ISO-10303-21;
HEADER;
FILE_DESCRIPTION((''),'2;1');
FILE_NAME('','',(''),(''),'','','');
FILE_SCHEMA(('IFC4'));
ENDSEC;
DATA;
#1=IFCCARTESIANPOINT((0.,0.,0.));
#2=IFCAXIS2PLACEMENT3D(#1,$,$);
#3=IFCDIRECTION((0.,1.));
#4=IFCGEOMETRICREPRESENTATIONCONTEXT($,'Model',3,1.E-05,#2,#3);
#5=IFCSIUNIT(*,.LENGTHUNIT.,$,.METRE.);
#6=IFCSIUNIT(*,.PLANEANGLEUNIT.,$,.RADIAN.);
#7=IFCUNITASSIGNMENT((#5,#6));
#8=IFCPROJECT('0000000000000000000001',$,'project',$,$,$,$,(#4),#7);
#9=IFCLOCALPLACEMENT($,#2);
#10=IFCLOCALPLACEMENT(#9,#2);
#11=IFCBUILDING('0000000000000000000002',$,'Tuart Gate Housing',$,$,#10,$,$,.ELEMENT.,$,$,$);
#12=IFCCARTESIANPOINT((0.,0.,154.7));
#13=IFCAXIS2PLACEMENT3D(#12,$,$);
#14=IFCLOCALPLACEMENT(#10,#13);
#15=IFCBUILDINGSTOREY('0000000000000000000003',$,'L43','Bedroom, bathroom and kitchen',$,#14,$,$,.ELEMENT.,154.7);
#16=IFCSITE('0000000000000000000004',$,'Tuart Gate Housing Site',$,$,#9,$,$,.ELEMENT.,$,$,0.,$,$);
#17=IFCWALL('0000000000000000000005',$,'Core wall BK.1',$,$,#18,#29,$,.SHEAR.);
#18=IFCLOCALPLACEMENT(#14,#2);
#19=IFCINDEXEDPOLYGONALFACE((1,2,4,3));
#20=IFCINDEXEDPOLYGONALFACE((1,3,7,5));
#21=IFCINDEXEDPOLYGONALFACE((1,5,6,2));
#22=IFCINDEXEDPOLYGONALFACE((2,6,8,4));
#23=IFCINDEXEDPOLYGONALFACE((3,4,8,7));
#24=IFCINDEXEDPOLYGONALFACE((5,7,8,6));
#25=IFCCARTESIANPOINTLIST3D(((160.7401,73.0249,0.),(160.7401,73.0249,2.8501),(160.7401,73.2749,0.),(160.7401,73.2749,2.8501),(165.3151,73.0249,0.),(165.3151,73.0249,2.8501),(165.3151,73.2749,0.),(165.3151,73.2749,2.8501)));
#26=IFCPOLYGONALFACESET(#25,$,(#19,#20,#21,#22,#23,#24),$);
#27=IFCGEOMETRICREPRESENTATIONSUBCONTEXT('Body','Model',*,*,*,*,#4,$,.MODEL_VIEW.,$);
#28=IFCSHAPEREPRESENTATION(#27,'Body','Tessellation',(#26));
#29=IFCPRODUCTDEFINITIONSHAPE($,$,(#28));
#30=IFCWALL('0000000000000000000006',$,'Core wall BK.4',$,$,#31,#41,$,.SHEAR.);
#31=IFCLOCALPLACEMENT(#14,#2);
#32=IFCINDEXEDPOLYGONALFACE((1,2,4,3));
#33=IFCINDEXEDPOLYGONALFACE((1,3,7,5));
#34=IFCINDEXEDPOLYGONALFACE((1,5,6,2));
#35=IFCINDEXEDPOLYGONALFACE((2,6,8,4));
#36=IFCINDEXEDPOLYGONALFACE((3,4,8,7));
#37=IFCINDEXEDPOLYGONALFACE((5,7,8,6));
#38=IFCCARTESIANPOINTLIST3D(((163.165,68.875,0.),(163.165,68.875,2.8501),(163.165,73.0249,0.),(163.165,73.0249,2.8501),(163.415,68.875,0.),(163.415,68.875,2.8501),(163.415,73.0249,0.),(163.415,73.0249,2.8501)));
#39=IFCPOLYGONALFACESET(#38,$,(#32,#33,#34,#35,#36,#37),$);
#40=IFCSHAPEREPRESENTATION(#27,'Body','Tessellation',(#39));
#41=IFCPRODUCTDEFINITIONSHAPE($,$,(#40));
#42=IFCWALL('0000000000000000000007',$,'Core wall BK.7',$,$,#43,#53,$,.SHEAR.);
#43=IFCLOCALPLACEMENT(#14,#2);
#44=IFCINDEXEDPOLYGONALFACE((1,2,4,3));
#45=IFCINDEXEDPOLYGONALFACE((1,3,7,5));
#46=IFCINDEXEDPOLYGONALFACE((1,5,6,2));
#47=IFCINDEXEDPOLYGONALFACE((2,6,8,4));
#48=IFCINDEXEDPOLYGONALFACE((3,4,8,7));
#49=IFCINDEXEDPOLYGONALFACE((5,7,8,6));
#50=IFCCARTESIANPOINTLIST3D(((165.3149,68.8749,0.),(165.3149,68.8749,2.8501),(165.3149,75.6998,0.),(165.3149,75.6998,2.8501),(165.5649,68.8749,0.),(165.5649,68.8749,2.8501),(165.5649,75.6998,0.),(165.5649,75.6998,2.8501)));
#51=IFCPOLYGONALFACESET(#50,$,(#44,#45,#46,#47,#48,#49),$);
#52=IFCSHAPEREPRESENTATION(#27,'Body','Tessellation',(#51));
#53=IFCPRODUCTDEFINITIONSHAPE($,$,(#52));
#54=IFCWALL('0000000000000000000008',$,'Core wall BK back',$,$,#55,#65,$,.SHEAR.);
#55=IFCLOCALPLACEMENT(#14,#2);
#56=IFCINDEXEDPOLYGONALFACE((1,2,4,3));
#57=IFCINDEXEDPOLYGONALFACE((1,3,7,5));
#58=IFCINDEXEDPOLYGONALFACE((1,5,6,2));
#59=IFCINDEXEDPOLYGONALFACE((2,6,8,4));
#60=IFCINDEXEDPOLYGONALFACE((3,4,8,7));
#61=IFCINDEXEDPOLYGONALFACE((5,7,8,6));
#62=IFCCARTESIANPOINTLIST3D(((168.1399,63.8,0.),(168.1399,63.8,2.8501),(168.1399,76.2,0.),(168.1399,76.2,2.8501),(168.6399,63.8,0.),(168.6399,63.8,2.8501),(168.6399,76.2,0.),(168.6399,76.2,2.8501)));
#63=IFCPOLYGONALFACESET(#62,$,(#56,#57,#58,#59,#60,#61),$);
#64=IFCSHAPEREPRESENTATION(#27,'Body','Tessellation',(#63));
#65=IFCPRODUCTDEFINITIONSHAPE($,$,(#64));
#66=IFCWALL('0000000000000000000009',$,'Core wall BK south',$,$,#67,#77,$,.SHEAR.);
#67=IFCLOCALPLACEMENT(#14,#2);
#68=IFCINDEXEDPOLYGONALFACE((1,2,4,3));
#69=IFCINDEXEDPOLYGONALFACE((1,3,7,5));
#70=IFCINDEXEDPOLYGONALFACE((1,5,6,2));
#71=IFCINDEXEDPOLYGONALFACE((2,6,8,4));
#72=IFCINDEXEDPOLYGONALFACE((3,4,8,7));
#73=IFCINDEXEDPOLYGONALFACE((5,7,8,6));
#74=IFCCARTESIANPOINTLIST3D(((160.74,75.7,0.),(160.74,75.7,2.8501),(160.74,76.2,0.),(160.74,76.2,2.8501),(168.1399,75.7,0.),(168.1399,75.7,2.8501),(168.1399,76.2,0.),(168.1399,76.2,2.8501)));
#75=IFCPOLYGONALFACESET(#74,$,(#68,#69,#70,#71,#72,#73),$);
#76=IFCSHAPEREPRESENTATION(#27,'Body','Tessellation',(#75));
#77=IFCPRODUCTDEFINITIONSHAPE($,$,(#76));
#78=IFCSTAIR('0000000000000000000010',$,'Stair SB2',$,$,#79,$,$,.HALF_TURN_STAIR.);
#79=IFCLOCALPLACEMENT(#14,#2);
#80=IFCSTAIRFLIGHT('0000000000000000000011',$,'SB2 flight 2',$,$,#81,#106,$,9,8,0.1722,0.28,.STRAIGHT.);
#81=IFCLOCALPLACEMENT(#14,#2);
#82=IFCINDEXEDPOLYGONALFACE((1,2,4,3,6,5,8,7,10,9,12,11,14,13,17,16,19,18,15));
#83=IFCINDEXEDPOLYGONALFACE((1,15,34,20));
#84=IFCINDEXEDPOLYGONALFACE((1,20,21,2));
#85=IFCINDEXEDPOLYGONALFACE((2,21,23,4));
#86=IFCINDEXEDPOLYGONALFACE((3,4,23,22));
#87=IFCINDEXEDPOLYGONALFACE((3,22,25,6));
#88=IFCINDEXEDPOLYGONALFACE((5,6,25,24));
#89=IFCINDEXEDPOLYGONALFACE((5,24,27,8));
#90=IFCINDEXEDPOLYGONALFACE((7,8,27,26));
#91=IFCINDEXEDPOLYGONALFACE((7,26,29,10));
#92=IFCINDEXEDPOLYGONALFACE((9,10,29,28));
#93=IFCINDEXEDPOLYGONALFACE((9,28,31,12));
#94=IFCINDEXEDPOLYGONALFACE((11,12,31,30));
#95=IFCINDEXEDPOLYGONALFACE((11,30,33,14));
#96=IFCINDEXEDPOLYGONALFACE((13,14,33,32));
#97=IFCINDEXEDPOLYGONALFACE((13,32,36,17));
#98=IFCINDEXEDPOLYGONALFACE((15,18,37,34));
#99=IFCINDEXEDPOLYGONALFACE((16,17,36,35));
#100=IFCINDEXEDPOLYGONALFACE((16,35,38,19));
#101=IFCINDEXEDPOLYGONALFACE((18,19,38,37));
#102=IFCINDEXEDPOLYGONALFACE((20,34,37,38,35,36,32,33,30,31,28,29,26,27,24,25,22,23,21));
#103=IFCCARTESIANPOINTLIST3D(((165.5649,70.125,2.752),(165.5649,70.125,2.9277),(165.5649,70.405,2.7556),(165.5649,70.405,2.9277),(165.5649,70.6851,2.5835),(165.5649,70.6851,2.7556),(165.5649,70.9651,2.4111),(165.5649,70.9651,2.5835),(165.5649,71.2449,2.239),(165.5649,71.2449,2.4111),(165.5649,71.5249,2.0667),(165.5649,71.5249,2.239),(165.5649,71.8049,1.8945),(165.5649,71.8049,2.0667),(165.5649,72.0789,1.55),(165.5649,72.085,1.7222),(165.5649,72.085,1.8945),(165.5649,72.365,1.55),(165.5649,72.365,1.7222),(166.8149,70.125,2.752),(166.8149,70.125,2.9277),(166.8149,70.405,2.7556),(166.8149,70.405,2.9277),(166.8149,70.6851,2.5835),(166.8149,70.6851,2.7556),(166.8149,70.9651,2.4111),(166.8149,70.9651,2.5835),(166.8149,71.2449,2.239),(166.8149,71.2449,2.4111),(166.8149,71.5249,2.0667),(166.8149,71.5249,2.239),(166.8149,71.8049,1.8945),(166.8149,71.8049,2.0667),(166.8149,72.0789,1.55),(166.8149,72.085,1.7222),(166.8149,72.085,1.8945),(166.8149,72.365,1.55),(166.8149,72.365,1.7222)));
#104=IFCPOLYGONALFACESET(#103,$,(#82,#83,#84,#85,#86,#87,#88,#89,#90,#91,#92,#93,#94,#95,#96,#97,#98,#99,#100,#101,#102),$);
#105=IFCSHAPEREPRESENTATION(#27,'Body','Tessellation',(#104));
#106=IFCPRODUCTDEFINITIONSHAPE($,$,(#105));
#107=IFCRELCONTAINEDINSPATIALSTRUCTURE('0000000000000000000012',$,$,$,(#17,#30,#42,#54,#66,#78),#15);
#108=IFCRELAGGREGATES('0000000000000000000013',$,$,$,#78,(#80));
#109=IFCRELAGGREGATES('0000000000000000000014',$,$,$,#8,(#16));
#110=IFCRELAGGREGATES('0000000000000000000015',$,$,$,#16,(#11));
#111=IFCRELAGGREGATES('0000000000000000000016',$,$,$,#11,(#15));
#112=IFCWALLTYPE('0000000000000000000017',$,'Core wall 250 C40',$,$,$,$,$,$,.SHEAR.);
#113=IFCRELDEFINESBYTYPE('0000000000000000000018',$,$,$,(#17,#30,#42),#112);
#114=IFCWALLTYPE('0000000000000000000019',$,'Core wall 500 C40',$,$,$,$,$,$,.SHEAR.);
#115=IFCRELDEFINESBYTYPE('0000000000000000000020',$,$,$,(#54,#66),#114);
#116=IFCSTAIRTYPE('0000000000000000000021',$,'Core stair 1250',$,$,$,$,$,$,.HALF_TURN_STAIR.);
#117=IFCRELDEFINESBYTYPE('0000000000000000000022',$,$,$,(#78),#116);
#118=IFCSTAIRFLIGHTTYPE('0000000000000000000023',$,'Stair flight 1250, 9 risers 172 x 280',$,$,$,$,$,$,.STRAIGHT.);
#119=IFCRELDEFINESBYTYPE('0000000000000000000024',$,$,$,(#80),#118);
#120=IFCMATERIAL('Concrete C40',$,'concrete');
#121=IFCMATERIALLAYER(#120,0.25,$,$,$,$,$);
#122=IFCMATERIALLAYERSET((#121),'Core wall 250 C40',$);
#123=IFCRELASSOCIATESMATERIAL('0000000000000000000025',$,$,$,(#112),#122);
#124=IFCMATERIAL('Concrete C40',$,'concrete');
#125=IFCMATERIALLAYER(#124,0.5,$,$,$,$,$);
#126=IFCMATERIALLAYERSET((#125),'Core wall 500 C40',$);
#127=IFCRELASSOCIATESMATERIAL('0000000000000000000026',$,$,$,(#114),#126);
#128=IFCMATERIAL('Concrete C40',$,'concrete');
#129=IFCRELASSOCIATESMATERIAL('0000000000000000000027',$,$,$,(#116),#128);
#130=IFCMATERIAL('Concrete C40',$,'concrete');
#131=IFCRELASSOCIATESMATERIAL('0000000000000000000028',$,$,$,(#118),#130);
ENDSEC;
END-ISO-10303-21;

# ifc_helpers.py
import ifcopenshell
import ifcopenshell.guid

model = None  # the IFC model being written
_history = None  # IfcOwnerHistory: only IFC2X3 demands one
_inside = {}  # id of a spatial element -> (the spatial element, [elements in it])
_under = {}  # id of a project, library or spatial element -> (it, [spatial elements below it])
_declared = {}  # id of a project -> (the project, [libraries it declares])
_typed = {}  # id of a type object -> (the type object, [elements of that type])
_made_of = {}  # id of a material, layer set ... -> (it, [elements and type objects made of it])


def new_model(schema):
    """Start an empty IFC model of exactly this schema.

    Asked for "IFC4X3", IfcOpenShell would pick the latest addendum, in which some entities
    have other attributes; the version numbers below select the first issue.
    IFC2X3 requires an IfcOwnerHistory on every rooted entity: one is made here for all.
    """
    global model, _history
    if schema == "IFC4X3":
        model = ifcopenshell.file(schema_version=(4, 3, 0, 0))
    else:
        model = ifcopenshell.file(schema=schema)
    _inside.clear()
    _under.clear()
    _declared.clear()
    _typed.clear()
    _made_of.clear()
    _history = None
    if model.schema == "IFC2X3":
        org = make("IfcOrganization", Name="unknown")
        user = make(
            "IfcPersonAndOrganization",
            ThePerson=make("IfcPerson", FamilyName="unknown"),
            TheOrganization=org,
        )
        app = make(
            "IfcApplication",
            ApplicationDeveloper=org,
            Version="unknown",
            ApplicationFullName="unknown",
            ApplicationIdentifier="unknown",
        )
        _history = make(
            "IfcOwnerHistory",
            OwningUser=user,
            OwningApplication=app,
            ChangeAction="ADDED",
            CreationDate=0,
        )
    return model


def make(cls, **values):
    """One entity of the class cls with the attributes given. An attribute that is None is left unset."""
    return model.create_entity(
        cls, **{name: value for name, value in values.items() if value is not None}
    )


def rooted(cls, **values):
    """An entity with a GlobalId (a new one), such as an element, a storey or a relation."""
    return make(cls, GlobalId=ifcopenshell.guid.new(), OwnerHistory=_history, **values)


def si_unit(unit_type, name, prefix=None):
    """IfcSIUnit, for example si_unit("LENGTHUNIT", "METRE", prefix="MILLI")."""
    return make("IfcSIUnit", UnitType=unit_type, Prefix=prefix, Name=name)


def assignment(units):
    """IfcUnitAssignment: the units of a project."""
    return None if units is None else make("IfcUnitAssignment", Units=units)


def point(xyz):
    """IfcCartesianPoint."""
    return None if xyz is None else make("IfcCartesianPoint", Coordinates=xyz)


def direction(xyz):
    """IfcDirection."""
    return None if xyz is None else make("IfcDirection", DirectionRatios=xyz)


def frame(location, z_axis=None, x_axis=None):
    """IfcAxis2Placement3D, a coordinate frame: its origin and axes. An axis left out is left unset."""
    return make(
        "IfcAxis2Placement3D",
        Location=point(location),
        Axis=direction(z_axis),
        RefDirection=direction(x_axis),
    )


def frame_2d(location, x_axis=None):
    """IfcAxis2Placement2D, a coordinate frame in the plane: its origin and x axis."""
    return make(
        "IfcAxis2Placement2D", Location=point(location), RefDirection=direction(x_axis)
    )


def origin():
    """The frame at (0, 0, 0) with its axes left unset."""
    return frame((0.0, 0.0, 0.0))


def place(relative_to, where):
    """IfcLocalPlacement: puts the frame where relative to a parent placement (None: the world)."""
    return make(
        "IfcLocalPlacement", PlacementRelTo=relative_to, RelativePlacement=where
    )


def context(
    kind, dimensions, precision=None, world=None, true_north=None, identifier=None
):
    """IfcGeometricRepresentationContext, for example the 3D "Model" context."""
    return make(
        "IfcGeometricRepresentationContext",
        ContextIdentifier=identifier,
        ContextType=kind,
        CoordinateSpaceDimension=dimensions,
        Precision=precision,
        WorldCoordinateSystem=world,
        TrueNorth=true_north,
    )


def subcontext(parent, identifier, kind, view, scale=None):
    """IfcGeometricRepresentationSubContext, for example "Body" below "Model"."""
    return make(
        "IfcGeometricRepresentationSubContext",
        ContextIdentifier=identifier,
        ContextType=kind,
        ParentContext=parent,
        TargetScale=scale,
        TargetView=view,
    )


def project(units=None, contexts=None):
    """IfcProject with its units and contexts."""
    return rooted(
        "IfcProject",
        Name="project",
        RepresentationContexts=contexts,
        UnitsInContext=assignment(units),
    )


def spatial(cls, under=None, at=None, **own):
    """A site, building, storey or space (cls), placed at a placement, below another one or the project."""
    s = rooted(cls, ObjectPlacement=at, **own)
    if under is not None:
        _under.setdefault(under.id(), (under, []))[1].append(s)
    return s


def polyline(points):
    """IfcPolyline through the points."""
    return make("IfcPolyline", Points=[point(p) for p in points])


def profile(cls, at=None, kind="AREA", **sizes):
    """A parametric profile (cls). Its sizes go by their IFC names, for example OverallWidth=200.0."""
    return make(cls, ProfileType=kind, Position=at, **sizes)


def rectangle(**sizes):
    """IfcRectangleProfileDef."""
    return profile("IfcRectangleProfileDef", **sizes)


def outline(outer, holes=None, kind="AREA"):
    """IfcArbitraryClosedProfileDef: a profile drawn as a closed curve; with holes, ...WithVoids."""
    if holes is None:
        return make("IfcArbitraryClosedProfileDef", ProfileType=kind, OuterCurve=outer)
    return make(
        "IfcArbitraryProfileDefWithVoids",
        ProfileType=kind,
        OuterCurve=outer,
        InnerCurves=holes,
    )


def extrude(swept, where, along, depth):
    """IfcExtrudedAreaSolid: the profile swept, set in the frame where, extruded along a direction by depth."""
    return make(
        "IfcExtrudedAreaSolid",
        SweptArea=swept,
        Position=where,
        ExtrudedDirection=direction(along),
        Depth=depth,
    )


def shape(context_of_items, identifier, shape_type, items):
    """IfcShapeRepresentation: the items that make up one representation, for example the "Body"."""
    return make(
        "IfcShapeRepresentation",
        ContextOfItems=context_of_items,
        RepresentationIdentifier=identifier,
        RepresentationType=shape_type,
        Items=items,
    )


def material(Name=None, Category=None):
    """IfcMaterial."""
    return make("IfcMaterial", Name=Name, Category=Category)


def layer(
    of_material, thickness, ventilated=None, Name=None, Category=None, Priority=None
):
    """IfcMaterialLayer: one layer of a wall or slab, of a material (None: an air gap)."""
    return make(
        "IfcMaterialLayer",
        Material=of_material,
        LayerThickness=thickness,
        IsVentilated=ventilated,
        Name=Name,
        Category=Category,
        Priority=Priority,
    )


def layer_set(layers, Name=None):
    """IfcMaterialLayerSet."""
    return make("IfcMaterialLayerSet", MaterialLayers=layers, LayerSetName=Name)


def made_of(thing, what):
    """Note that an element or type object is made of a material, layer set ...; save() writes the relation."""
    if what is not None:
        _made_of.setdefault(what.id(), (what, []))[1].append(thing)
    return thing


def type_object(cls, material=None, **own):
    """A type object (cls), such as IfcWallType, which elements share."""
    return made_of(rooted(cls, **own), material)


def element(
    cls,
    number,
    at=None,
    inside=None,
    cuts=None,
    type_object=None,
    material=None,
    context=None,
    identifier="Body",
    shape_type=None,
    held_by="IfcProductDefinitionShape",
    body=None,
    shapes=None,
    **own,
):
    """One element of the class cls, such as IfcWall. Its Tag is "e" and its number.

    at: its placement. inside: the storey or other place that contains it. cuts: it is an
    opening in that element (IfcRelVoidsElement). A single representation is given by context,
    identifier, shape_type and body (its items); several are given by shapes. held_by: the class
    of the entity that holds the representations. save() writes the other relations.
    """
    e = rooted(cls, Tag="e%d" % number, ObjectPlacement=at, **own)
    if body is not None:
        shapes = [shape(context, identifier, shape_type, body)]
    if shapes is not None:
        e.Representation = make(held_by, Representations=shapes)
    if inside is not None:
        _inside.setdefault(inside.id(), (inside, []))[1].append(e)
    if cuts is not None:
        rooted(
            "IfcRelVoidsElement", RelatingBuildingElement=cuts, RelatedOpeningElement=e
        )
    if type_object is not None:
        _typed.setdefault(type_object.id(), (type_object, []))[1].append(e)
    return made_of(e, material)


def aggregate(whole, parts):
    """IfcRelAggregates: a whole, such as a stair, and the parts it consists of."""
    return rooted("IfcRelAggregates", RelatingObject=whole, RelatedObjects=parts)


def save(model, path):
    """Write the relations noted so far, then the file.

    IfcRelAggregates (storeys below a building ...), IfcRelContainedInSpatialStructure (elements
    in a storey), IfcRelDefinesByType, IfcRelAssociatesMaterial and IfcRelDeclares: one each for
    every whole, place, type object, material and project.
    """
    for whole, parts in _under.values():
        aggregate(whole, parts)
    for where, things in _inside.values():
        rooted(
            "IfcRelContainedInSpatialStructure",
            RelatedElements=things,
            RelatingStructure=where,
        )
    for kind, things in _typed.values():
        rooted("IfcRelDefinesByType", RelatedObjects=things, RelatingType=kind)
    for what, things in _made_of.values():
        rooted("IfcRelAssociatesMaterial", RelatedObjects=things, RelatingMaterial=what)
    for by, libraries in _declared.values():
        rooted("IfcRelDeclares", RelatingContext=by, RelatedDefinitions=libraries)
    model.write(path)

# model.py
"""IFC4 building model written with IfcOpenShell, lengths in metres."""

from ifc_helpers import new_model, si_unit, direction, frame, frame_2d, origin, place, context, subcontext, project, spatial, polyline, rectangle, outline, extrude, material, layer, layer_set, type_object, element, aggregate, save


model = new_model("IFC4")

# Units and contexts
model_context = context("Model", 3, precision=1e-05, world=origin(), true_north=direction((0.0, 1.0)))
body_context = subcontext(model_context, "Body", "Model", "MODEL_VIEW")
ifc_project = project(units=[si_unit("LENGTHUNIT", "METRE"), si_unit("PLANEANGLEUNIT", "RADIAN")], contexts=[model_context])

# Site, building, storey
site_placement = place(None, origin())
site = spatial("IfcSite", under=ifc_project, at=site_placement, Name="Tuart Gate Housing Site", CompositionType="ELEMENT", RefElevation=0.0)
building_placement = place(site_placement, origin())
building = spatial("IfcBuilding", under=site, at=building_placement, Name="Tuart Gate Housing", CompositionType="ELEMENT")
storey_placement = place(building_placement, frame((0.0, 0.0, 154.7)))
storey = spatial("IfcBuildingStorey", under=building, at=storey_placement, Name="L43", Description="Bedroom, bathroom and kitchen", CompositionType="ELEMENT", Elevation=154.7)

# Walls
ifc_material_1 = material(Name="Concrete C40", Category="concrete")
ifc_layer_1 = layer(ifc_material_1, 0.25)
ifc_layer_set_1 = layer_set([ifc_layer_1], Name="Core wall 250 C40")
wall_type_1 = type_object("IfcWallType", Name="Core wall 250 C40", PredefinedType="SHEAR", material=ifc_layer_set_1)
wall_1_placement = place(storey_placement, frame((160.74, 73.1499, 0.0), z_axis=(0.0, 0.0, 1.0), x_axis=(1.0, 0.0, 0.0)))
element("IfcWall", 1, at=wall_1_placement, inside=storey, type_object=wall_type_1, Name="Core wall BK.1", PredefinedType="SHEAR", context=body_context, shape_type="SweptSolid", body=[
    extrude(rectangle(XDim=4.575, YDim=0.25, at=frame_2d((2.2876, 0.0))), origin(), (0.0, 0.0, 1.0), 2.8501),
])
wall_2_placement = place(storey_placement, frame((163.29, 73.0249, 0.0), z_axis=(0.0, 0.0, 1.0), x_axis=(0.0, -1.0, 0.0)))
element("IfcWall", 2, at=wall_2_placement, inside=storey, type_object=wall_type_1, Name="Core wall BK.4", PredefinedType="SHEAR", context=body_context, shape_type="SweptSolid", body=[
    extrude(rectangle(XDim=4.1499, YDim=0.25, at=frame_2d((2.075, 0.0))), origin(), (0.0, 0.0, 1.0), 2.8501),
])
wall_3_placement = place(storey_placement, frame((165.4399, 75.7, 0.0), z_axis=(0.0, 0.0, 1.0), x_axis=(0.0, -1.0, 0.0)))
element("IfcWall", 3, at=wall_3_placement, inside=storey, type_object=wall_type_1, Name="Core wall BK.7", PredefinedType="SHEAR", context=body_context, shape_type="SweptSolid", body=[
    extrude(rectangle(XDim=6.825, YDim=0.25, at=frame_2d((3.4126, 0.0))), origin(), (0.0, 0.0, 1.0), 2.8501),
])
ifc_material_2 = material(Name="Concrete C40", Category="concrete")
ifc_layer_2 = layer(ifc_material_2, 0.5)
ifc_layer_set_2 = layer_set([ifc_layer_2], Name="Core wall 500 C40")
wall_type_2 = type_object("IfcWallType", Name="Core wall 500 C40", PredefinedType="SHEAR", material=ifc_layer_set_2)
wall_4_placement = place(storey_placement, frame((168.3899, 76.2, 0.0), z_axis=(0.0, 0.0, 1.0), x_axis=(0.0, -1.0, 0.0)))
element("IfcWall", 4, at=wall_4_placement, inside=storey, type_object=wall_type_2, Name="Core wall BK back", PredefinedType="SHEAR", context=body_context, shape_type="SweptSolid", body=[
    extrude(rectangle(XDim=12.3999, YDim=0.5, at=frame_2d((6.2, 0.0))), origin(), (0.0, 0.0, 1.0), 2.8501),
])
wall_5_placement = place(storey_placement, frame((160.74, 75.95, 0.0), z_axis=(0.0, 0.0, 1.0), x_axis=(1.0, 0.0, 0.0)))
element("IfcWall", 5, at=wall_5_placement, inside=storey, type_object=wall_type_2, Name="Core wall BK south", PredefinedType="SHEAR", context=body_context, shape_type="SweptSolid", body=[
    extrude(rectangle(XDim=7.3999, YDim=0.5, at=frame_2d((3.7, 0.0))), origin(), (0.0, 0.0, 1.0), 2.8501),
])

# Stair, stair flight
ifc_material_3 = material(Name="Concrete C40", Category="concrete")
stair_type = type_object("IfcStairType", Name="Core stair 1250", PredefinedType="HALF_TURN_STAIR", material=ifc_material_3)
stair_placement = place(storey_placement, origin())
stair = element("IfcStair", 6, at=stair_placement, inside=storey, type_object=stair_type, Name="Stair SB2", PredefinedType="HALF_TURN_STAIR")
ifc_material_4 = material(Name="Concrete C40", Category="concrete")
stair_flight_type = type_object("IfcStairFlightType", Name="Stair flight 1250, 9 risers 172 x 280", PredefinedType="STRAIGHT", material=ifc_material_4)
stair_flight_placement = place(storey_placement, frame((166.1899, 72.365, 1.55), z_axis=(0.0, 0.0, 1.0), x_axis=(0.0, -1.0, 0.0)))
stair_flight = element("IfcStairFlight", 7, at=stair_flight_placement, type_object=stair_flight_type, Name="SB2 flight 2", NumberOfRisers=9, NumberOfTreads=8, PredefinedType="STRAIGHT", RiserHeight=0.1722, TreadLength=0.28, context=body_context, shape_type="SweptSolid", body=[
    extrude(outline(polyline([(0.0, 0.0), (0.0, 0.1721), (0.28, 0.1721), (0.28, 0.3445), (0.5601, 0.3445), (0.5601, 0.5166), (0.8401, 0.5166), (0.8401, 0.689), (1.1201, 0.689), (1.1201, 0.8611), (1.3999, 0.8611), (1.3999, 1.0334), (1.6799, 1.0334), (1.6799, 1.2056), (1.96, 1.2056), (1.96, 1.3777), (2.24, 1.3777), (2.24, 1.55), (2.24, 1.2019), (0.2861, 0.0), (0.0, 0.0)])), frame((0.0, 0.625, 0.0), z_axis=(0.0, -1.0, 0.0), x_axis=(1.0, 0.0, 0.0)), (0.0, 0.0, 1.0), 1.25),
])
aggregate(stair, [stair_flight])

save(model, "model.ifc")
